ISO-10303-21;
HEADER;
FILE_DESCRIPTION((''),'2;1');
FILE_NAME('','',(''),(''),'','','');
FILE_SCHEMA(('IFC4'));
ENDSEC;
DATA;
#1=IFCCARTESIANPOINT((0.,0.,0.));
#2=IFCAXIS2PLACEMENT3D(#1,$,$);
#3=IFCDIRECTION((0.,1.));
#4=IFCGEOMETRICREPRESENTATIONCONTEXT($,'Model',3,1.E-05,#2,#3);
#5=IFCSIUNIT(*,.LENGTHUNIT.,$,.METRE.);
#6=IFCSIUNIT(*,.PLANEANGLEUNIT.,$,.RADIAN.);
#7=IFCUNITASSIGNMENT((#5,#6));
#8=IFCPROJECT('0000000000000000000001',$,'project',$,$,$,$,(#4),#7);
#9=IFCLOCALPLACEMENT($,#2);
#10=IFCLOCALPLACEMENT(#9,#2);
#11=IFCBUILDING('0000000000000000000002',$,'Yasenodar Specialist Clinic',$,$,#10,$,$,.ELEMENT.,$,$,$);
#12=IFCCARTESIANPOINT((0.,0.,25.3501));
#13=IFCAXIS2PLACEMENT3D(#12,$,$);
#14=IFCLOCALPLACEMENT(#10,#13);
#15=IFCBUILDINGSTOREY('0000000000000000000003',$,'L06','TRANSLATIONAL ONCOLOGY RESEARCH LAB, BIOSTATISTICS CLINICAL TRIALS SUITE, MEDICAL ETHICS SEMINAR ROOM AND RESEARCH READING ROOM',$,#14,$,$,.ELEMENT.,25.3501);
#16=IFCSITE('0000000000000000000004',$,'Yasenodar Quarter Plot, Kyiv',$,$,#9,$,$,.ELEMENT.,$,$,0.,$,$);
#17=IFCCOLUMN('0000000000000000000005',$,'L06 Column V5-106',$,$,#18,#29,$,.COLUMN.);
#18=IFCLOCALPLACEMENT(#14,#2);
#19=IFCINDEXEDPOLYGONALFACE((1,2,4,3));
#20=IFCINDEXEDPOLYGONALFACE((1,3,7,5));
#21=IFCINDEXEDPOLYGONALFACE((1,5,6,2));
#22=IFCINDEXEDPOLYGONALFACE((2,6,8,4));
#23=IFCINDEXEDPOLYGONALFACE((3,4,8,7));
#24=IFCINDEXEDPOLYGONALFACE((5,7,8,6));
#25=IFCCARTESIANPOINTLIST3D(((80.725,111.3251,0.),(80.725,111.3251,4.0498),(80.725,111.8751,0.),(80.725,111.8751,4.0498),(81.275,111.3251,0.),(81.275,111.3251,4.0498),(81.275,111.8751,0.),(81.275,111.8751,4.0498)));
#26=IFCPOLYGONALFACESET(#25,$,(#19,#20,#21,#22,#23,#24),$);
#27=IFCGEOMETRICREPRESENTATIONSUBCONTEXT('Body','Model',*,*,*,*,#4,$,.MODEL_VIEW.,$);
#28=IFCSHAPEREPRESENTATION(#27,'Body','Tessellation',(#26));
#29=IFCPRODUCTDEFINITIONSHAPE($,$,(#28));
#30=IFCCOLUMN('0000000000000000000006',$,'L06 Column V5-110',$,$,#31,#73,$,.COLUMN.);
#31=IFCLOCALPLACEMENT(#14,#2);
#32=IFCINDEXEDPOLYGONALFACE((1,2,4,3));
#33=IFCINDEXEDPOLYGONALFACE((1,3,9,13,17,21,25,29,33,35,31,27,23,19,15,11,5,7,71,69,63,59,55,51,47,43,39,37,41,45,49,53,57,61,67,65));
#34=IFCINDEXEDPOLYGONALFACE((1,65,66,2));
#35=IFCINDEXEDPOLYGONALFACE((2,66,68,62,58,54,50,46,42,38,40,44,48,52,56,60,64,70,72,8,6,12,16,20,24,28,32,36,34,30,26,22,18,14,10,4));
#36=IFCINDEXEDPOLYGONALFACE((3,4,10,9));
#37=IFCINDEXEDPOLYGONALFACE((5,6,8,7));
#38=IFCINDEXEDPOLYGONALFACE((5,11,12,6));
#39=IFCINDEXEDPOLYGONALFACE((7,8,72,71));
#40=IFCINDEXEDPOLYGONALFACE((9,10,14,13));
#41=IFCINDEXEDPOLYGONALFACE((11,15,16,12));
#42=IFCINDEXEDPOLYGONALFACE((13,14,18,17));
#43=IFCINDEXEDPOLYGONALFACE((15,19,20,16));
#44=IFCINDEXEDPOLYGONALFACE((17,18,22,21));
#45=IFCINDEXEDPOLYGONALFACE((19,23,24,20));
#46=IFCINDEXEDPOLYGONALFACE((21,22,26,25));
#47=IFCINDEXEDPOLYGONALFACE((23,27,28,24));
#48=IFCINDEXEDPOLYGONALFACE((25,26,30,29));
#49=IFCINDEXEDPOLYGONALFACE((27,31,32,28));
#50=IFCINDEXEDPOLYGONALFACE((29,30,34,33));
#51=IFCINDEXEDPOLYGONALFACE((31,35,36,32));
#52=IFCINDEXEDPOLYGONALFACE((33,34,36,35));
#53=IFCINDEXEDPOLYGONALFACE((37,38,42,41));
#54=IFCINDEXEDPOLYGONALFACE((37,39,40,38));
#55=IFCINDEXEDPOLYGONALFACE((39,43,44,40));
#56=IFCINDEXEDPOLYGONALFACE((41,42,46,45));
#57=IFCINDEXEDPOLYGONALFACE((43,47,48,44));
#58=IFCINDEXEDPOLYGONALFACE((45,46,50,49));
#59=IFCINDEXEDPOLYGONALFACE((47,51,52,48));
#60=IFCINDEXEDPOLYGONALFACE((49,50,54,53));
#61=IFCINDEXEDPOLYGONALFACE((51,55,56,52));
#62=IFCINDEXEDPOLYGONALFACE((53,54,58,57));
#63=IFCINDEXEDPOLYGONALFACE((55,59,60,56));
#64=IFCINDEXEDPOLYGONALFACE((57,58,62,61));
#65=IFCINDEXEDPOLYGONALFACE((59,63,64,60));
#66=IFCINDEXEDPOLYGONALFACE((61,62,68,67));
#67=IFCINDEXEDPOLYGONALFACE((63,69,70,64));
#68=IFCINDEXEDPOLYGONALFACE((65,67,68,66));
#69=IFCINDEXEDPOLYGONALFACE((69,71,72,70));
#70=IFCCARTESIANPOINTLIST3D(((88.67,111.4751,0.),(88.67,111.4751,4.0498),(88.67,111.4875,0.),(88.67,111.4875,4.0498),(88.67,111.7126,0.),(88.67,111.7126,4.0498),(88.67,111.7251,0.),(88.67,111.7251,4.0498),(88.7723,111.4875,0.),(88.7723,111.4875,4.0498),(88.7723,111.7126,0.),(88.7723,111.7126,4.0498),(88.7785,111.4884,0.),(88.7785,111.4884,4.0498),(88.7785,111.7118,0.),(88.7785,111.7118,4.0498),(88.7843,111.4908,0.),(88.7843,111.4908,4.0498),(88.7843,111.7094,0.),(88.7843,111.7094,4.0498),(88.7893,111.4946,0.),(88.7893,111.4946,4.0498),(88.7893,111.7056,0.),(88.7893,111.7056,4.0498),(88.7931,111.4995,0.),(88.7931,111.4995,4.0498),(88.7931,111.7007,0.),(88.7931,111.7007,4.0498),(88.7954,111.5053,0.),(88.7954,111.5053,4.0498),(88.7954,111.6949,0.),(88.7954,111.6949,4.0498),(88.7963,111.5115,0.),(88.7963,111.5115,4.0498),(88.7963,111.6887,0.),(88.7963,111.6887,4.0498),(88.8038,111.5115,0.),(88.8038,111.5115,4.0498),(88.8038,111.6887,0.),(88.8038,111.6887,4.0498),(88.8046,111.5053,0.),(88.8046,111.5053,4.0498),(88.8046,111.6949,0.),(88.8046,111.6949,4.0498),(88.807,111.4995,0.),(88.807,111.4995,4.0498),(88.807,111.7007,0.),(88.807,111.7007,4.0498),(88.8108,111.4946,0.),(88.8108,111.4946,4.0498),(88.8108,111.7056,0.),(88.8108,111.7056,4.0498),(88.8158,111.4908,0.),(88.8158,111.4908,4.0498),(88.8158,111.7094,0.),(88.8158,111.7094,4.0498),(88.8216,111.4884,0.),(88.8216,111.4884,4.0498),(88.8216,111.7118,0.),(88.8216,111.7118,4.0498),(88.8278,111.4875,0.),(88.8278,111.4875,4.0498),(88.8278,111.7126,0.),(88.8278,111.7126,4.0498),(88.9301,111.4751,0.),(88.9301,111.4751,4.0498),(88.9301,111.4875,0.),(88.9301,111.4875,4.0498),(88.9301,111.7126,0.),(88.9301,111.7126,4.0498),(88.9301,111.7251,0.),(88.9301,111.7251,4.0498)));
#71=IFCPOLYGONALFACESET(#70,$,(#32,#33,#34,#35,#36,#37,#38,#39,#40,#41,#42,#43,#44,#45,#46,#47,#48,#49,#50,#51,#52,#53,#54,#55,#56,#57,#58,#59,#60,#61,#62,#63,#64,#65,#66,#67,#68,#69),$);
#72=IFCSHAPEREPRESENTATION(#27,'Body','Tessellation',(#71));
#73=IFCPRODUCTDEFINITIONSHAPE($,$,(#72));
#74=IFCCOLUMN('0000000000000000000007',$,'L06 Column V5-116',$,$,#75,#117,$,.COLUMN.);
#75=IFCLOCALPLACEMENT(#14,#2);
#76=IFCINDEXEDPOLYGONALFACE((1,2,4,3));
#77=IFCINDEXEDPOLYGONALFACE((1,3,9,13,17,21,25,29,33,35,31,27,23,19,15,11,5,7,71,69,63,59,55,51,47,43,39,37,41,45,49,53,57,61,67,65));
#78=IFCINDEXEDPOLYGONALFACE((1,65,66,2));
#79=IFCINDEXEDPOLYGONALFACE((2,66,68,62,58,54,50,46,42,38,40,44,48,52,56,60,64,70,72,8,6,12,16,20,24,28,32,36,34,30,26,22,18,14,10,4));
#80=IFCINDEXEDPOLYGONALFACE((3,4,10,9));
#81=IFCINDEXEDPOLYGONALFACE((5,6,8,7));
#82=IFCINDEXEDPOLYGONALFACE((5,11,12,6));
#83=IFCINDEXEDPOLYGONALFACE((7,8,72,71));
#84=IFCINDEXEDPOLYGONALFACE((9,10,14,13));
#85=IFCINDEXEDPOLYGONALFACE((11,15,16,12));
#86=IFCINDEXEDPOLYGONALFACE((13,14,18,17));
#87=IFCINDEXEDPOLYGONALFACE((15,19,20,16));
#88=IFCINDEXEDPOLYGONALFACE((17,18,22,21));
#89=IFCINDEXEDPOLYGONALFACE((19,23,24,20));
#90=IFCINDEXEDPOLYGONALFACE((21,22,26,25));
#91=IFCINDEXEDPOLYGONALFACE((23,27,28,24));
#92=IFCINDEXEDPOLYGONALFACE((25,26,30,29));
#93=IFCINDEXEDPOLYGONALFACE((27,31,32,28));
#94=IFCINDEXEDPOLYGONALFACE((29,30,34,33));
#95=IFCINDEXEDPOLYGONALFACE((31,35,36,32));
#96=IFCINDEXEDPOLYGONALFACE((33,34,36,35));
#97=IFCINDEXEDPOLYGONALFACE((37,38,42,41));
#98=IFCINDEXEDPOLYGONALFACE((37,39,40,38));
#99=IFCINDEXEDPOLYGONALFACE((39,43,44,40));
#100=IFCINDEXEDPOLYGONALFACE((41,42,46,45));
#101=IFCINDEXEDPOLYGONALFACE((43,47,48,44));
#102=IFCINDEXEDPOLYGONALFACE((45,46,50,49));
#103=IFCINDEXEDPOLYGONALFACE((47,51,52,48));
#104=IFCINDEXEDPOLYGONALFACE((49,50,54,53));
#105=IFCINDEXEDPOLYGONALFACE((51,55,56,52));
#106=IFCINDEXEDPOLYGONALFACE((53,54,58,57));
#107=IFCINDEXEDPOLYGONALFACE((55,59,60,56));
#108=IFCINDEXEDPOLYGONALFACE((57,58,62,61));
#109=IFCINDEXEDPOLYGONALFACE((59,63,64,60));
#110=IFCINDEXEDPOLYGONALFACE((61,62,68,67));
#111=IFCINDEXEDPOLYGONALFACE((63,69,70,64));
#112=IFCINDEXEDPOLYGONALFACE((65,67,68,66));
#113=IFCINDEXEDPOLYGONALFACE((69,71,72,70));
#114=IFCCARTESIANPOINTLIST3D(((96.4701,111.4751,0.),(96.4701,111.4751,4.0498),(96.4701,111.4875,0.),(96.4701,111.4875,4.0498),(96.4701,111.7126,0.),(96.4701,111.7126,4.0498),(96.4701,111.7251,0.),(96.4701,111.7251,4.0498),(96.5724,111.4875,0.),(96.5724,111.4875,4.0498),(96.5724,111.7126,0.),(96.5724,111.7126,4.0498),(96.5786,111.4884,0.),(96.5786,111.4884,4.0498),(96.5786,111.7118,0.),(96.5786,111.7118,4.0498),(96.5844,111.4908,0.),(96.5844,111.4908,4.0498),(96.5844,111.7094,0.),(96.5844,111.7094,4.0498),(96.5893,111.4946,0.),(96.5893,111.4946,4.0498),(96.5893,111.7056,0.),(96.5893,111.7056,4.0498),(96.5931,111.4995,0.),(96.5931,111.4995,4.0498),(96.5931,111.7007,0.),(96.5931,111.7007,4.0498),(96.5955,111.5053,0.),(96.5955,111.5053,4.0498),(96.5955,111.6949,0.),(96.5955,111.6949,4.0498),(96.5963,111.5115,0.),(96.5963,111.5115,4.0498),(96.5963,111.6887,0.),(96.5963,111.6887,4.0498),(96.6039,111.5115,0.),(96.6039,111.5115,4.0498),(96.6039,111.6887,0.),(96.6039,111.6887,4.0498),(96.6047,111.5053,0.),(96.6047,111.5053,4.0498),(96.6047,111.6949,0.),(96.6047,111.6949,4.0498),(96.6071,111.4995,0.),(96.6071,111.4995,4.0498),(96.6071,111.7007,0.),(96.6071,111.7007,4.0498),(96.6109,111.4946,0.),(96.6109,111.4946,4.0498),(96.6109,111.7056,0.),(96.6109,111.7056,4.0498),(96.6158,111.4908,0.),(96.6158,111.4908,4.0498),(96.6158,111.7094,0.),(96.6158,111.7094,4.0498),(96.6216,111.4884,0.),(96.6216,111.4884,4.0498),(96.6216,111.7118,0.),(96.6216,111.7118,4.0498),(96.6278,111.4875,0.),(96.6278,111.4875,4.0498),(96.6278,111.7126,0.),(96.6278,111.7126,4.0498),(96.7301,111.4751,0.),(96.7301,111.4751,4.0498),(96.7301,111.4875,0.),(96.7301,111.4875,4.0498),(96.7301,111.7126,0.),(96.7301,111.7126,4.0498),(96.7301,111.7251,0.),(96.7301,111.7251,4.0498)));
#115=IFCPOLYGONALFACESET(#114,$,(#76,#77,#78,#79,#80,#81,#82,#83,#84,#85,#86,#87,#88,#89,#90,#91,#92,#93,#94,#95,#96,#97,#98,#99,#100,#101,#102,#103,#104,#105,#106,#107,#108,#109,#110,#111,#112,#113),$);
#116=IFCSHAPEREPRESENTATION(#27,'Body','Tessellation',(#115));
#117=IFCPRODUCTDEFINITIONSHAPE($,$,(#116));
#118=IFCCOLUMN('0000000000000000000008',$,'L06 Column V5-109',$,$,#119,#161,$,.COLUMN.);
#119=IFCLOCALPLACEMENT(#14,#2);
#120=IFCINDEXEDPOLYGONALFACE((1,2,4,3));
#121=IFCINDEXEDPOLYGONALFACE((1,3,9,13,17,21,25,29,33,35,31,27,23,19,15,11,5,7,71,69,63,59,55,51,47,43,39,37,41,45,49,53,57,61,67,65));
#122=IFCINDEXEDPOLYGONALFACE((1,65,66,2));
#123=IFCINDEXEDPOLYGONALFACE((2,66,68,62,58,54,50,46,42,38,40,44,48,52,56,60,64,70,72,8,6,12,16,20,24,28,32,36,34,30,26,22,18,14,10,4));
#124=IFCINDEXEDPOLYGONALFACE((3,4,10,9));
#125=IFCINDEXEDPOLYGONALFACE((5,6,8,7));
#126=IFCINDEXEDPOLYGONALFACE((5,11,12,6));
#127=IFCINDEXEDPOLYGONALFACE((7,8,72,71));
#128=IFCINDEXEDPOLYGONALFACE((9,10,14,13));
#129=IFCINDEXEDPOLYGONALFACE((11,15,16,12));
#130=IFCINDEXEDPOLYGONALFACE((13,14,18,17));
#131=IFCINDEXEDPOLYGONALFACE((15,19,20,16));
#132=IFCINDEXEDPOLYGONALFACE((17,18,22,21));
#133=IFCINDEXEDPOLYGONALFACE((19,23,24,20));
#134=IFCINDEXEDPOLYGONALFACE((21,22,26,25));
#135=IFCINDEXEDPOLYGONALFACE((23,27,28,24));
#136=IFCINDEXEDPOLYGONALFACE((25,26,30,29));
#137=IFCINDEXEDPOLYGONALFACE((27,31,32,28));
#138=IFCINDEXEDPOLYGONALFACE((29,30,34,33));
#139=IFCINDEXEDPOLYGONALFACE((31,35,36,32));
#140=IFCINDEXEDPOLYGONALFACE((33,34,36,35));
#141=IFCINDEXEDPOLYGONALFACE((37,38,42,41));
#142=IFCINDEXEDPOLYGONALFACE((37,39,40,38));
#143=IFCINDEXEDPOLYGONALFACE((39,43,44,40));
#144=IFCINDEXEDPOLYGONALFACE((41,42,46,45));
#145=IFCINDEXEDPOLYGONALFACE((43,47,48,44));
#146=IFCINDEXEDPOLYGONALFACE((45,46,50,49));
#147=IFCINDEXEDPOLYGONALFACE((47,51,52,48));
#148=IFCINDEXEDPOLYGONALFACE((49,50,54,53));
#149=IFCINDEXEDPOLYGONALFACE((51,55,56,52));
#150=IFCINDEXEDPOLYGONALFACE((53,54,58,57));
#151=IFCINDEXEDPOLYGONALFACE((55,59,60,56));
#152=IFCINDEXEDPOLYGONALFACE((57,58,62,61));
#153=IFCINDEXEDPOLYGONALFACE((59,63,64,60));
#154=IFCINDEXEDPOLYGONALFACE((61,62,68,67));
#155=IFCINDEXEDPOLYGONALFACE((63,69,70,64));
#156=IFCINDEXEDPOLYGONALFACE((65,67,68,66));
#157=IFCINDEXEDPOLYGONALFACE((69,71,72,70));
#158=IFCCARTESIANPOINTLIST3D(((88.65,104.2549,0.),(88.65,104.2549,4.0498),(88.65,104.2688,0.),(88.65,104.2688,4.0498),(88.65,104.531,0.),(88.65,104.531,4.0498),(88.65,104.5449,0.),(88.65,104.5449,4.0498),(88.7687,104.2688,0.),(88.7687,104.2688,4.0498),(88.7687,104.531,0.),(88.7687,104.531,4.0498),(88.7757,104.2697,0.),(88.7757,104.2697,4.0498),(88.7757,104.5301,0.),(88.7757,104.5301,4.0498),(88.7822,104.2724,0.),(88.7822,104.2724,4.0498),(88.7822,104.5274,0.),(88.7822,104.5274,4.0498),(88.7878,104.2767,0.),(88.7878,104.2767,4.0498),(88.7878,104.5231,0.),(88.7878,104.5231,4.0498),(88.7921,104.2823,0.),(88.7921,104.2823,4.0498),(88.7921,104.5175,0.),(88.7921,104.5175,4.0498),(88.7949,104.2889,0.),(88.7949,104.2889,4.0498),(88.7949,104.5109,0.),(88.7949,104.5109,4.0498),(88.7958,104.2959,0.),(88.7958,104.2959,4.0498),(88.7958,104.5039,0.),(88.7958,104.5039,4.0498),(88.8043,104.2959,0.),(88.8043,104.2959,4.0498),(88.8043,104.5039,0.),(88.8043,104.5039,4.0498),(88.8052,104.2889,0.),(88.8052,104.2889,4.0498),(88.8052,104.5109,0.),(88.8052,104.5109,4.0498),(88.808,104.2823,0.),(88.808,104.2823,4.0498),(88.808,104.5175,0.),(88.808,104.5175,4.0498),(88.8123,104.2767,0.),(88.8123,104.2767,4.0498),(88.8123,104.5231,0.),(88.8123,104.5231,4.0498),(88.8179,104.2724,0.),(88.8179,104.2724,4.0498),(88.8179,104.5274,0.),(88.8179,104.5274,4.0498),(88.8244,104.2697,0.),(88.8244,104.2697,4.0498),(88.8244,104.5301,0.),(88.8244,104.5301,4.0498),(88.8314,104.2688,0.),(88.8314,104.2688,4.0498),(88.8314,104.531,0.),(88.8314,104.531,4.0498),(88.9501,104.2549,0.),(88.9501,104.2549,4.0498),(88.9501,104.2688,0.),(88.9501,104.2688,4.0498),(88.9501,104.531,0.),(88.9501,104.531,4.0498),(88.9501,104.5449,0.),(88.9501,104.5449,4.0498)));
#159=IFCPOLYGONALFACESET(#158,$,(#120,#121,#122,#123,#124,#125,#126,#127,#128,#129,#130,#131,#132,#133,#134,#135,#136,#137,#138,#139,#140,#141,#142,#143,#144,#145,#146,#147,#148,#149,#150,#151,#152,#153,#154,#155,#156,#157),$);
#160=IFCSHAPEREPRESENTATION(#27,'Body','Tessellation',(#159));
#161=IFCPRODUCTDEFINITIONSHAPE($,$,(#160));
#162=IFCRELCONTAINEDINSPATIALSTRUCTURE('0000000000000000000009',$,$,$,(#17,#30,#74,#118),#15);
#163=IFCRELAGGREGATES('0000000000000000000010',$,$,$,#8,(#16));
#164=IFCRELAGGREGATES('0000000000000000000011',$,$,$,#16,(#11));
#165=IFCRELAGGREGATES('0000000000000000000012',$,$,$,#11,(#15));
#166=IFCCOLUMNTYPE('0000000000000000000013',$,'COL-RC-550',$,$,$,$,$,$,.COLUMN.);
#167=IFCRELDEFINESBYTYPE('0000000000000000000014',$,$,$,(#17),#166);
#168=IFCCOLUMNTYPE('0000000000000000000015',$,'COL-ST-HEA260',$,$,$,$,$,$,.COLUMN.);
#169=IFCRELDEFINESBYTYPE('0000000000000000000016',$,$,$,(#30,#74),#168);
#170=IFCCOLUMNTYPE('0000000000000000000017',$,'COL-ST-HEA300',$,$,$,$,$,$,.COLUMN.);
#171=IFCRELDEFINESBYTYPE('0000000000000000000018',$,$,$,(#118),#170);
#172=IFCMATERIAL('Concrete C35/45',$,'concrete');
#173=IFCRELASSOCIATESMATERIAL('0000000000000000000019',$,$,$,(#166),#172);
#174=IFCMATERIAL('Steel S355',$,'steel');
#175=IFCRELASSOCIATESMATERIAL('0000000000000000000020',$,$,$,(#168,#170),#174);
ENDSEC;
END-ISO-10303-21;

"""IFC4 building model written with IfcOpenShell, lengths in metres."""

from ifc_helpers import new_model, si_unit, direction, frame, origin, origin_2d, place, context, subcontext, project, spatial, rectangle, i_section, extrude, material, material_profile, profile_set, type_object, element, save


model = new_model("IFC4")

# Units and contexts
model_context = context("Model", 3, precision=1e-05, world=origin(), true_north=direction((0.0, 1.0)))
body_context = subcontext(model_context, "Body", "Model", "MODEL_VIEW")
ifc_project = project(units=[si_unit("LENGTHUNIT", "METRE"), si_unit("PLANEANGLEUNIT", "RADIAN")], contexts=[model_context])

# Site, building, storey
site_placement = place(None, origin())
site = spatial("IfcSite", under=ifc_project, at=site_placement, Name="Yasenodar Quarter Plot, Kyiv", CompositionType="ELEMENT", RefElevation=0.0)
building_placement = place(site_placement, origin())
building = spatial("IfcBuilding", under=site, at=building_placement, Name="Yasenodar Specialist Clinic", CompositionType="ELEMENT")
storey_placement = place(building_placement, frame((0.0, 0.0, 25.3501)))
storey = spatial("IfcBuildingStorey", under=building, at=storey_placement, Name="L06", Description="TRANSLATIONAL ONCOLOGY RESEARCH LAB, BIOSTATISTICS CLINICAL TRIALS SUITE, MEDICAL ETHICS SEMINAR ROOM AND RESEARCH READING ROOM", CompositionType="ELEMENT", Elevation=25.3501)

# Columns
ifc_material_1 = material(Name="Concrete C35/45", Category="concrete")
ifc_material_profile_1 = material_profile(ifc_material_1, rectangle(XDim=0.55, YDim=0.55, at=origin_2d()), Name="RC 550x550")
ifc_profile_set_1 = profile_set([ifc_material_profile_1], Name="Concrete C35/45")
column_type_1 = type_object("IfcColumnType", Name="COL-RC-550", PredefinedType="COLUMN", material=ifc_profile_set_1)
column_placement = place(storey_placement, frame((81.0, 111.6001, 0.0), z_axis=(0.0, 0.0, 1.0), x_axis=(1.0, 0.0, 0.0)))
element("IfcColumn", 1, at=column_placement, inside=storey, type_object=column_type_1, Name="L06 Column V5-106", PredefinedType="COLUMN", context=body_context, shape_type="SweptSolid", body=[
    extrude(rectangle(XDim=0.55, YDim=0.55, at=origin_2d()), origin(), (0.0, 0.0, 1.0), 4.0498),
])
ifc_material_2 = material(Name="Steel S355", Category="steel")
ifc_material_profile_2 = material_profile(ifc_material_2, i_section(OverallWidth=0.26, OverallDepth=0.25, WebThickness=0.0076, FlangeThickness=0.0125, FilletRadius=0.0239, at=origin_2d()), Name="HEA 260")
ifc_profile_set_2 = profile_set([ifc_material_profile_2], Name="Steel S355")
column_type_2 = type_object("IfcColumnType", Name="COL-ST-HEA260", PredefinedType="COLUMN", material=ifc_profile_set_2)
for number, where, z_axis, x_axis, name in (
    (2, (88.8, 111.6001, 0.0), (0.0, 0.0, 1.0), (1.0, 0.0, 0.0), "L06 Column V5-110"),
    (3, (96.6001, 111.6001, 0.0), (0.0, 0.0, 1.0), (1.0, 0.0, 0.0), "L06 Column V5-116"),
):
    element("IfcColumn", number, at=place(storey_placement, frame(where, z_axis=z_axis, x_axis=x_axis)), inside=storey, type_object=column_type_2, Name=name, PredefinedType="COLUMN", context=body_context, shape_type="SweptSolid", body=[
        extrude(i_section(OverallWidth=0.26, OverallDepth=0.25, WebThickness=0.0076, FlangeThickness=0.0125, FilletRadius=0.0239, at=origin_2d()), origin(), (0.0, 0.0, 1.0), 4.0498),
    ])
ifc_material_profile_3 = material_profile(ifc_material_2, i_section(OverallWidth=0.3, OverallDepth=0.29, WebThickness=0.0085, FlangeThickness=0.0139, FilletRadius=0.0271, at=origin_2d()), Name="HEA 300")
ifc_profile_set_3 = profile_set([ifc_material_profile_3], Name="Steel S355")
column_type_3 = type_object("IfcColumnType", Name="COL-ST-HEA300", PredefinedType="COLUMN", material=ifc_profile_set_3)
for number, where, z_axis, x_axis, name in (
    (4, (88.8, 104.3999, 0.0), (0.0, 0.0, 1.0), (1.0, 0.0, 0.0), "L06 Column V5-109"),
):
    element("IfcColumn", number, at=place(storey_placement, frame(where, z_axis=z_axis, x_axis=x_axis)), inside=storey, type_object=column_type_3, Name=name, PredefinedType="COLUMN", context=body_context, shape_type="SweptSolid", body=[
        extrude(i_section(OverallWidth=0.3, OverallDepth=0.29, WebThickness=0.0085, FlangeThickness=0.0139, FilletRadius=0.0271, at=origin_2d()), origin(), (0.0, 0.0, 1.0), 4.0498),
    ])

save(model, "model.ifc")
